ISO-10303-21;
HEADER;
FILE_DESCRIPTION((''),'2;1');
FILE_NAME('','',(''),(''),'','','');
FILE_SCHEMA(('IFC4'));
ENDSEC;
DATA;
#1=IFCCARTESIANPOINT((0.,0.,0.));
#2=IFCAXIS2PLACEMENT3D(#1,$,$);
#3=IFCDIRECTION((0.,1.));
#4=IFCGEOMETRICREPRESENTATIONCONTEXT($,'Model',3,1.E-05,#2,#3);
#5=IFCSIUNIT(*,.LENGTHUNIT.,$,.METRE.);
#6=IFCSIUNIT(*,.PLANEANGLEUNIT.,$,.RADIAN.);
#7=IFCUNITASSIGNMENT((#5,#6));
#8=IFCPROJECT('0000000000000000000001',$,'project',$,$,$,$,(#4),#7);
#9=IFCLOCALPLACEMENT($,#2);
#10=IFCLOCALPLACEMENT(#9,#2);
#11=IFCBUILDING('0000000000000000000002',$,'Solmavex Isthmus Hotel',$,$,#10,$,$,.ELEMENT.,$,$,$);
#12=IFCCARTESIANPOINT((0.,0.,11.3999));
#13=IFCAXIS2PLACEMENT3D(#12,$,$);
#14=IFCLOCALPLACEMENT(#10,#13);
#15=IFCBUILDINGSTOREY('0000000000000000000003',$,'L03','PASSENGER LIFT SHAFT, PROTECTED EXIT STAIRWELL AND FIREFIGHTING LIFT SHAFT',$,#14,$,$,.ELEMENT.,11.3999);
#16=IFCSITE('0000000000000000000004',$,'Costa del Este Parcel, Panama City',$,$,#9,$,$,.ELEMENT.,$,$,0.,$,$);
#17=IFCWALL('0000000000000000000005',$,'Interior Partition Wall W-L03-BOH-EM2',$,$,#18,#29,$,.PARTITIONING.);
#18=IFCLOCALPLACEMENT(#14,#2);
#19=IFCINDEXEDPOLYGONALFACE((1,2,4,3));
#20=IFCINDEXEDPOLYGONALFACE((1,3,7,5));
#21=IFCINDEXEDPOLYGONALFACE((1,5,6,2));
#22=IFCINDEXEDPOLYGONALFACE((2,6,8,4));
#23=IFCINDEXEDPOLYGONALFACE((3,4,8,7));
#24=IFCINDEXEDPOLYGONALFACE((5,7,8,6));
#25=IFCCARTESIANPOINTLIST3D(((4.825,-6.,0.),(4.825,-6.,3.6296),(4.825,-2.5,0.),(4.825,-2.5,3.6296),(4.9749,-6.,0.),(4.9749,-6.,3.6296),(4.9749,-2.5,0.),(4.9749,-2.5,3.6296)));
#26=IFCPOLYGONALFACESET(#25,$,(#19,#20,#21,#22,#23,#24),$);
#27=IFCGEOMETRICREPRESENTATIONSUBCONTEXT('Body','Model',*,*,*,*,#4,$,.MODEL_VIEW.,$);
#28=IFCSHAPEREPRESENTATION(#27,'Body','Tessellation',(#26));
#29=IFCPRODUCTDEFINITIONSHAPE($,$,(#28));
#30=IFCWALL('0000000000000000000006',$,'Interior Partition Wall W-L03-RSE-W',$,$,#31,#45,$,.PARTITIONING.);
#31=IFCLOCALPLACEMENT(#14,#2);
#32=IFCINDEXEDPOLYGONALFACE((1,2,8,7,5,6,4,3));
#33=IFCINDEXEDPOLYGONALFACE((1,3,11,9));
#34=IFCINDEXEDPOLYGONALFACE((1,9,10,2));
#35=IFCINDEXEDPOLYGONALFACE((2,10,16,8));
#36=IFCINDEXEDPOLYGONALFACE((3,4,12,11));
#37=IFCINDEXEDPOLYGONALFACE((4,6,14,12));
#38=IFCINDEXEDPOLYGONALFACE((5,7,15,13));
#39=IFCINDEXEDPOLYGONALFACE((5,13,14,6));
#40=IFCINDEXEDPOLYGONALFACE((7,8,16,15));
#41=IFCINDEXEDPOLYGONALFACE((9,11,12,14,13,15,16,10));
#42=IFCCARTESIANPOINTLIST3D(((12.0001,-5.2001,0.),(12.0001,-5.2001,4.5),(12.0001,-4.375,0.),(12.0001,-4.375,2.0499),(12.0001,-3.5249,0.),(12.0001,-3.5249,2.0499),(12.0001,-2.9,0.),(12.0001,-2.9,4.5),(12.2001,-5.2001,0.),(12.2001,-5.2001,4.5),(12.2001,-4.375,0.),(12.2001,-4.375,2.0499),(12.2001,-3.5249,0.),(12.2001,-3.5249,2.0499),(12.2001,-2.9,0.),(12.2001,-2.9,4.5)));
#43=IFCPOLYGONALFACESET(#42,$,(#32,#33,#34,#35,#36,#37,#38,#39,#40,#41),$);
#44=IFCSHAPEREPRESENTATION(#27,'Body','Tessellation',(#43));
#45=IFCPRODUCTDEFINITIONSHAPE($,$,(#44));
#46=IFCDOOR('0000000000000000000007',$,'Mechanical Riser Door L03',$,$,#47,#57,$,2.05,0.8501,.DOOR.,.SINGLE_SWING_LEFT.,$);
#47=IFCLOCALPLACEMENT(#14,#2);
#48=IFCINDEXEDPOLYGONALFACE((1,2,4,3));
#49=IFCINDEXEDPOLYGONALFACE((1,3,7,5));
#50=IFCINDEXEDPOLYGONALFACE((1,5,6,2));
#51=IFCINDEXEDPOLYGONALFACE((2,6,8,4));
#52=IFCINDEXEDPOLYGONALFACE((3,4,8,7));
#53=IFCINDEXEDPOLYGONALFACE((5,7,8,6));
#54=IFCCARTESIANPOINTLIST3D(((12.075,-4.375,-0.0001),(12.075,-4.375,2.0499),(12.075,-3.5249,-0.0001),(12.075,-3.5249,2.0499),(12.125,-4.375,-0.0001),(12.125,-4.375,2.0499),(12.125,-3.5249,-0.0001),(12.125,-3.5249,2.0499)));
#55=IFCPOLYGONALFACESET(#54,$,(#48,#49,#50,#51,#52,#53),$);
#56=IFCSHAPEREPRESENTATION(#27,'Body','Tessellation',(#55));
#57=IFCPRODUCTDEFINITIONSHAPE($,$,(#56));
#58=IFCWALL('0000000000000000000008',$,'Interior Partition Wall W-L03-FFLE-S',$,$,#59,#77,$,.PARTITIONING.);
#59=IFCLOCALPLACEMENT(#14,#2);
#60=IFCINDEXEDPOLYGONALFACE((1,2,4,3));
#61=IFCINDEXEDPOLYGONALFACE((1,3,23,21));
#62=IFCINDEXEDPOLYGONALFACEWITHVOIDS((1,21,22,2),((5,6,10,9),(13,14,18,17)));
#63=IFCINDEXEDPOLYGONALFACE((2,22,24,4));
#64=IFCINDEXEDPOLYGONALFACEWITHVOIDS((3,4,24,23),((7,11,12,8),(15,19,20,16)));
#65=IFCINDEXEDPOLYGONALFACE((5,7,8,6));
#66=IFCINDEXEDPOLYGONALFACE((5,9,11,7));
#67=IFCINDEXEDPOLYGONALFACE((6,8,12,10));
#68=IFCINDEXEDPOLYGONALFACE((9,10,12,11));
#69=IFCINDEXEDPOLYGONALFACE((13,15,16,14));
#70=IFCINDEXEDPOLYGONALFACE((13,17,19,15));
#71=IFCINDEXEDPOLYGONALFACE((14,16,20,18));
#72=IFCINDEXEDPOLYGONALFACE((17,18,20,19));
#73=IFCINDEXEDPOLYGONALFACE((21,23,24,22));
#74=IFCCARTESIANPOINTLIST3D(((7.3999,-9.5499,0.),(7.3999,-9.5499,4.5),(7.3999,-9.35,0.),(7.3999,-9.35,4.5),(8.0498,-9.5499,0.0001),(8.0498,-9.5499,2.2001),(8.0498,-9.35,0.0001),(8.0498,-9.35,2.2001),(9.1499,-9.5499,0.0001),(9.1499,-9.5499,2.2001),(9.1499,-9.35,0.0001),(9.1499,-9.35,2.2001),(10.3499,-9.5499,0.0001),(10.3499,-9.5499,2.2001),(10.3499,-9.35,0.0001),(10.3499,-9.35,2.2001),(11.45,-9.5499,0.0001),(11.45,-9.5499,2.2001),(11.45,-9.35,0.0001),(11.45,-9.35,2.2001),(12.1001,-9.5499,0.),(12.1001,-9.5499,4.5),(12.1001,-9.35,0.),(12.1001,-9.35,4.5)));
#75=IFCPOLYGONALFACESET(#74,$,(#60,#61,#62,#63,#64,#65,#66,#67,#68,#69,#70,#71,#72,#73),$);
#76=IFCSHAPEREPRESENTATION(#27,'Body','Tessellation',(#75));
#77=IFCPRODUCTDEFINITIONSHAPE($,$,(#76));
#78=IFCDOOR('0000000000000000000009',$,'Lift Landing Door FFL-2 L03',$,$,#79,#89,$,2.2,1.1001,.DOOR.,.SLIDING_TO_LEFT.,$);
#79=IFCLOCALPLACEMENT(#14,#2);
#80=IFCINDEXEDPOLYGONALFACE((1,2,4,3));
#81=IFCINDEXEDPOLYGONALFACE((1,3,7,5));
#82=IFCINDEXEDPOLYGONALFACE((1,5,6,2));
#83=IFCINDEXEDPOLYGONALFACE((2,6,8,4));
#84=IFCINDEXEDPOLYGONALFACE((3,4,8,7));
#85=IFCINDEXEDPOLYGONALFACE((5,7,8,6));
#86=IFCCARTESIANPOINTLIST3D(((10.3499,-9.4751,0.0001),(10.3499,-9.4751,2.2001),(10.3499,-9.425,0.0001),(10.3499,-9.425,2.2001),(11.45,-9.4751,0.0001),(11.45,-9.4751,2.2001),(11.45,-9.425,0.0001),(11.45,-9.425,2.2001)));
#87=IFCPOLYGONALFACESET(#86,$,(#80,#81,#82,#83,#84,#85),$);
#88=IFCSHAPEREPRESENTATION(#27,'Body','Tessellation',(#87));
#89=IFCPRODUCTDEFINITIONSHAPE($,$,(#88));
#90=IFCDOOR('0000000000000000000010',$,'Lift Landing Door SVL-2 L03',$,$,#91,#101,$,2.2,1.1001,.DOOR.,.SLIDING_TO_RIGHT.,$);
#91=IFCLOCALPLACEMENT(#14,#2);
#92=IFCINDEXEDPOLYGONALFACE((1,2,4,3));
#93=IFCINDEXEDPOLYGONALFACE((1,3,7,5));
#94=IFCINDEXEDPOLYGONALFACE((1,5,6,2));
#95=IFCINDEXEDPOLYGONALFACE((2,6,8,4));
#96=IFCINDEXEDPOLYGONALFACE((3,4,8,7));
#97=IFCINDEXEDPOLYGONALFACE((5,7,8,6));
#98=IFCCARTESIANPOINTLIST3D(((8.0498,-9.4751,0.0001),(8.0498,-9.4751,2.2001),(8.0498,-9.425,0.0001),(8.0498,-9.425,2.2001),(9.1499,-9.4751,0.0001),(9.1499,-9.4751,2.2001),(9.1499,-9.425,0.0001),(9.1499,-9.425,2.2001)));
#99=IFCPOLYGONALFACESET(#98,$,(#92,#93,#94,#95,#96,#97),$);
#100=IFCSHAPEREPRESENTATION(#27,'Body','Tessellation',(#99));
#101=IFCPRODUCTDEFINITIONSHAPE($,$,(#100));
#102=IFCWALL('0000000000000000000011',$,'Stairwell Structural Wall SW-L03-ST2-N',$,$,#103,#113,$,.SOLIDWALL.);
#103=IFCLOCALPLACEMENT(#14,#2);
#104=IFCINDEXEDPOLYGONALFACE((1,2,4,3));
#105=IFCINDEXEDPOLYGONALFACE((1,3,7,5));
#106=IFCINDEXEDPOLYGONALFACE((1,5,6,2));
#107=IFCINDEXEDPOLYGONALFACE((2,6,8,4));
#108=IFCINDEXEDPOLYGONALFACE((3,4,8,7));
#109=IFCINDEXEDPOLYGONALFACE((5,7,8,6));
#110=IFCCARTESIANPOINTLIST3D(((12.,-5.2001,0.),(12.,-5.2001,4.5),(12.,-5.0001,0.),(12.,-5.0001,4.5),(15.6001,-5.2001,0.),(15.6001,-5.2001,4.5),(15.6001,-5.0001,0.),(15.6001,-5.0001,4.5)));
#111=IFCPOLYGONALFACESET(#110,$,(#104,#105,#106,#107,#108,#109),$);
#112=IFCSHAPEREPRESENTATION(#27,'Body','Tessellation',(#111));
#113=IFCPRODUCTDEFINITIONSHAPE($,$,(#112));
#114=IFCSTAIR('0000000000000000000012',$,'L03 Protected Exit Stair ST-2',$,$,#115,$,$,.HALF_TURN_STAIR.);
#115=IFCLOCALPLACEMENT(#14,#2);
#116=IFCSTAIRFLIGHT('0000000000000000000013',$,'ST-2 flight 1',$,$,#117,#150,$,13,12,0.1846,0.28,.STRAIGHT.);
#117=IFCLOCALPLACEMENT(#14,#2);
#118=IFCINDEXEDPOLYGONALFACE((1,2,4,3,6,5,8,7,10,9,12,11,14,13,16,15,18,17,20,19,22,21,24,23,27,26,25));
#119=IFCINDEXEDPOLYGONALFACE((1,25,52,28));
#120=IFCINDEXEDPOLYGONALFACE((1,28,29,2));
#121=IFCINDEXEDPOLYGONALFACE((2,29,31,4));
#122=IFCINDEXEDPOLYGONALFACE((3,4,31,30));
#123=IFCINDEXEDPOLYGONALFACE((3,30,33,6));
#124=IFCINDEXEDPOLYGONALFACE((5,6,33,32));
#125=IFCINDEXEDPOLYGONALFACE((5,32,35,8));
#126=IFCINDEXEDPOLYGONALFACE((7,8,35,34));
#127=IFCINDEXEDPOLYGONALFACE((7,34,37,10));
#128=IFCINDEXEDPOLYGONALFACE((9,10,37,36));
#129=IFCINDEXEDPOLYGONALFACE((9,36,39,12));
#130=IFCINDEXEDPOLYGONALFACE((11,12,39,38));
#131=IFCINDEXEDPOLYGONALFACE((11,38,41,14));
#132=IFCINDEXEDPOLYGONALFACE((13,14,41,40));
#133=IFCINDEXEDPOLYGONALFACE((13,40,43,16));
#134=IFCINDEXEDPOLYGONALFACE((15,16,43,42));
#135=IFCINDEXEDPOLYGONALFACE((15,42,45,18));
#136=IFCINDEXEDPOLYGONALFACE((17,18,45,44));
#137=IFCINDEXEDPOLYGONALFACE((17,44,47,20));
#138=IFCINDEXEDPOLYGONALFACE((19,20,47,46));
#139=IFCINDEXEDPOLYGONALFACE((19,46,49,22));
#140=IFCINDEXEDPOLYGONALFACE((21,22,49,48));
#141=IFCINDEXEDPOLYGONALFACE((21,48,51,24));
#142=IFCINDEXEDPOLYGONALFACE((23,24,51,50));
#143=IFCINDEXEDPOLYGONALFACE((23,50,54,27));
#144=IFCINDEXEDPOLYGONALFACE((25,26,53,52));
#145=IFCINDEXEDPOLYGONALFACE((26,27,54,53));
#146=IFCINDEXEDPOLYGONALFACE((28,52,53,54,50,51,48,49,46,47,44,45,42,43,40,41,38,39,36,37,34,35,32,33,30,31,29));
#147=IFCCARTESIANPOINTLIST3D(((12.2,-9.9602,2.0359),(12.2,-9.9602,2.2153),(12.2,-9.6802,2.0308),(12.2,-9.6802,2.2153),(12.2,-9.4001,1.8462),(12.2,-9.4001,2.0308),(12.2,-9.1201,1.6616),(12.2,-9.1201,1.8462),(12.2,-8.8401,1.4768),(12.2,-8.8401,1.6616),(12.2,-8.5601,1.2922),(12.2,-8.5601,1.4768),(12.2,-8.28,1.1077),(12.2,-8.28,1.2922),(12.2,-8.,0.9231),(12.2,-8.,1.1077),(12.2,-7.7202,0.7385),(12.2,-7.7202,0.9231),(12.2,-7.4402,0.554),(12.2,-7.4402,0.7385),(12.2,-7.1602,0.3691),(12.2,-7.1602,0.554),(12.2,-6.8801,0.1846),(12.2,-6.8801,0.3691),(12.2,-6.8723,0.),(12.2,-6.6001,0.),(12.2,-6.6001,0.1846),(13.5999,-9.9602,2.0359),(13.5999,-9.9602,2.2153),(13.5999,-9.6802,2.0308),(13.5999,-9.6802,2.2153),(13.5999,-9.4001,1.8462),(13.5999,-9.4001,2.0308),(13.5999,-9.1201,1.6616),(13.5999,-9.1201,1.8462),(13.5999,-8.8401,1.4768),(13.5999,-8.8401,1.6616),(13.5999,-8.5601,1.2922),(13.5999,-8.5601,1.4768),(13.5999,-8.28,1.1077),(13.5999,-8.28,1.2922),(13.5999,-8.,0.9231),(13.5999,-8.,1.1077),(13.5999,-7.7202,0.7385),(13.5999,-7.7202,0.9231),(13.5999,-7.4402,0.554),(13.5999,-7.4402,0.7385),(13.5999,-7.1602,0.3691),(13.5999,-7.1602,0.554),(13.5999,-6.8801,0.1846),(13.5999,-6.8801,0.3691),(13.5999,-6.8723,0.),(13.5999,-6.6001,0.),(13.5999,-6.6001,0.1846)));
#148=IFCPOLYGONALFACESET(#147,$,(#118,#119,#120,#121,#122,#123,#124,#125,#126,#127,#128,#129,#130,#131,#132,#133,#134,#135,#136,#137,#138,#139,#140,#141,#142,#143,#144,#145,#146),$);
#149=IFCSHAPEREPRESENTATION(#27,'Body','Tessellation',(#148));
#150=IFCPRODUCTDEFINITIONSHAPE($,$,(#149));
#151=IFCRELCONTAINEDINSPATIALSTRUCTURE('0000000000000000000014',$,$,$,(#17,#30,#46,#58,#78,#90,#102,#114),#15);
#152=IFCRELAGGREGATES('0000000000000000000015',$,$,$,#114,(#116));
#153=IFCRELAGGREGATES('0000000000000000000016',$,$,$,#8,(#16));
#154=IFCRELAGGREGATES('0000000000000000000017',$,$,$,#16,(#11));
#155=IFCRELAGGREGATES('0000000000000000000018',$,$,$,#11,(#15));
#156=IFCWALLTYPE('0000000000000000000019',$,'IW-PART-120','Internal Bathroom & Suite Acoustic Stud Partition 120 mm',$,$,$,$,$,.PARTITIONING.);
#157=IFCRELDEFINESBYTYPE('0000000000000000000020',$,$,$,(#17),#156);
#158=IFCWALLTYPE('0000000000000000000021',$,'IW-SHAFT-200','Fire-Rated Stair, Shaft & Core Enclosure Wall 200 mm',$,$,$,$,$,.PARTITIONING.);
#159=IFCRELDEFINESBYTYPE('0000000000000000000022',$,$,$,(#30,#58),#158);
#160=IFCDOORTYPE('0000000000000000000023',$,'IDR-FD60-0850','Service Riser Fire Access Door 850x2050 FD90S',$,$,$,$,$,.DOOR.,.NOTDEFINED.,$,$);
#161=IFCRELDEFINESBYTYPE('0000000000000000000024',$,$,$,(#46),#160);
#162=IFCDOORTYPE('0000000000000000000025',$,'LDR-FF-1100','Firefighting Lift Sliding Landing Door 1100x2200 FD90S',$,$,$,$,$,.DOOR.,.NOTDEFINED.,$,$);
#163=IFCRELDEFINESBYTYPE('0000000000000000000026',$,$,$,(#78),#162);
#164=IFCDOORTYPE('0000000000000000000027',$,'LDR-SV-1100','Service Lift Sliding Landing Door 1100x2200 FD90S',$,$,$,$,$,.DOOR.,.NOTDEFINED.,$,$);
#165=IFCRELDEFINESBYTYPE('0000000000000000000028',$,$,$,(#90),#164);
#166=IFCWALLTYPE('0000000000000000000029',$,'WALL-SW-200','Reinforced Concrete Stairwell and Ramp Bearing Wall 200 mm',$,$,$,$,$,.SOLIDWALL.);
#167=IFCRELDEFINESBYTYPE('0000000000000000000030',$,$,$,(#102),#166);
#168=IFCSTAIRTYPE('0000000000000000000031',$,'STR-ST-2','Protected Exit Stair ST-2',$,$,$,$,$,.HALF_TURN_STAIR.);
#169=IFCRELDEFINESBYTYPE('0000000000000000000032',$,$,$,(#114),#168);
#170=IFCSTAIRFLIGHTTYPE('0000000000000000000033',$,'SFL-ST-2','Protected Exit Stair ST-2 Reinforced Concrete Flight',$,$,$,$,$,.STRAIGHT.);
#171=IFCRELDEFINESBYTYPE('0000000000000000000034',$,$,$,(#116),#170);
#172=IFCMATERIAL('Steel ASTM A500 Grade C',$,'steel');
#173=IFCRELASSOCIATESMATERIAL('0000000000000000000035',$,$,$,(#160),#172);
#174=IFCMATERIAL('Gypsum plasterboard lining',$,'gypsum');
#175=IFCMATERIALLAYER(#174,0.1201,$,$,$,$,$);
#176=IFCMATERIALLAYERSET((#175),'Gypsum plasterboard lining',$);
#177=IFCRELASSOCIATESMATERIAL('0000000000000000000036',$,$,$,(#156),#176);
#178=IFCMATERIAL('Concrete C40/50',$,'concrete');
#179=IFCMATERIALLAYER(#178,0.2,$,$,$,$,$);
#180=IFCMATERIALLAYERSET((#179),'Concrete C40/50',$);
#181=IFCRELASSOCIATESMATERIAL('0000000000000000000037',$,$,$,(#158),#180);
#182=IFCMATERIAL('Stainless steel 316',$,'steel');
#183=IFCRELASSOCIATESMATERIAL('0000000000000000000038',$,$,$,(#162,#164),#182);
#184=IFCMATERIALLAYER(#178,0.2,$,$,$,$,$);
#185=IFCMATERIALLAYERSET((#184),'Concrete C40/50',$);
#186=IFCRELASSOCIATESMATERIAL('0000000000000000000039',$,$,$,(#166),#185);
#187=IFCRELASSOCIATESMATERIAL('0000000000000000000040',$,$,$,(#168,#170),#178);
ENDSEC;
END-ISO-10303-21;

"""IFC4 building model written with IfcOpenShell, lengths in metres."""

from ifc_helpers import new_model, si_unit, direction, frame, frame_2d, origin, place, context, subcontext, project, spatial, polyline, rectangle, outline, extrude, material, layer, layer_set, type_object, element, fill, aggregate, save


model = new_model("IFC4")

# Units and contexts
model_context = context("Model", 3, precision=1e-05, world=origin(), true_north=direction((0.0, 1.0)))
body_context = subcontext(model_context, "Body", "Model", "MODEL_VIEW")
ifc_project = project(units=[si_unit("LENGTHUNIT", "METRE"), si_unit("PLANEANGLEUNIT", "RADIAN")], contexts=[model_context])

# Site, building, storey
site_placement = place(None, origin())
site = spatial("IfcSite", under=ifc_project, at=site_placement, Name="Costa del Este Parcel, Panama City", CompositionType="ELEMENT", RefElevation=0.0)
building_placement = place(site_placement, origin())
building = spatial("IfcBuilding", under=site, at=building_placement, Name="Solmavex Isthmus Hotel", CompositionType="ELEMENT")
storey_placement = place(building_placement, frame((0.0, 0.0, 11.3999)))
storey = spatial("IfcBuildingStorey", under=building, at=storey_placement, Name="L03", Description="PASSENGER LIFT SHAFT, PROTECTED EXIT STAIRWELL AND FIREFIGHTING LIFT SHAFT", CompositionType="ELEMENT", Elevation=11.3999)

# Shared definitions
ifc_material_1 = material(Name="Concrete C40/50", Category="concrete")

# Shared definitions
ifc_material_2 = material(Name="Gypsum plasterboard lining", Category="gypsum")
ifc_material_3 = material(Name="Steel ASTM A500 Grade C", Category="steel")
door_type_1 = type_object("IfcDoorType", Name="IDR-FD60-0850", Description="Service Riser Fire Access Door 850x2050 FD90S", OperationType="NOTDEFINED", PredefinedType="DOOR", material=ifc_material_3)

# Wall
ifc_layer_1 = layer(ifc_material_2, 0.1201)
ifc_layer_set_1 = layer_set([ifc_layer_1], Name="Gypsum plasterboard lining")
wall_type_1 = type_object("IfcWallType", Name="IW-PART-120", Description="Internal Bathroom & Suite Acoustic Stud Partition 120 mm", PredefinedType="PARTITIONING", material=ifc_layer_set_1)
wall_1_placement = place(storey_placement, frame((4.8999, -6.0, 0.0), z_axis=(0.0, 0.0, 1.0), x_axis=(0.0, 1.0, 0.0)))
element("IfcWall", 1, at=wall_1_placement, inside=storey, type_object=wall_type_1, Name="Interior Partition Wall W-L03-BOH-EM2", PredefinedType="PARTITIONING", context=body_context, shape_type="SweptSolid", body=[
    extrude(rectangle(XDim=3.5, YDim=0.1499, at=frame_2d((1.75, 0.0))), origin(), (0.0, 0.0, 1.0), 3.6296),
])

# Wall, opening, door
ifc_layer_2 = layer(ifc_material_1, 0.2)
ifc_layer_set_2 = layer_set([ifc_layer_2], Name="Concrete C40/50")
wall_type_2 = type_object("IfcWallType", Name="IW-SHAFT-200", Description="Fire-Rated Stair, Shaft & Core Enclosure Wall 200 mm", PredefinedType="PARTITIONING", material=ifc_layer_set_2)
wall_2_placement = place(storey_placement, frame((12.1001, -5.2, 0.0), z_axis=(0.0, 0.0, 1.0), x_axis=(0.0, 1.0, 0.0)))
wall_2 = element("IfcWall", 2, at=wall_2_placement, inside=storey, type_object=wall_type_2, Name="Interior Partition Wall W-L03-RSE-W", PredefinedType="PARTITIONING", context=body_context, shape_type="SweptSolid", body=[
    extrude(rectangle(XDim=2.3, YDim=0.2, at=frame_2d((1.1499, 0.0))), origin(), (0.0, 0.0, 1.0), 4.5),
])
opening_1_placement = place(wall_2_placement, frame((0.825, 0.0, 0.0)))
opening_1 = element("IfcOpeningElement", 3, at=opening_1_placement, cuts=wall_2, PredefinedType="OPENING", context=body_context, shape_type="SweptSolid", body=[
    extrude(rectangle(XDim=0.8501, YDim=2.05, at=frame_2d((0.425, 1.0249))), frame((0.0, 0.1099, 0.0), z_axis=(0.0, -1.0, 0.0), x_axis=(1.0, 0.0, 0.0)), (0.0, 0.0, 1.0), 0.22),
])
door_1_placement = place(opening_1_placement, frame((0.8501, 0.0, 0.0), z_axis=(0.0, 0.0, 1.0), x_axis=(-1.0, 0.0, 0.0)))
door_1 = element("IfcDoor", 4, at=door_1_placement, inside=storey, type_object=door_type_1, Name="Mechanical Riser Door L03", OperationType="SINGLE_SWING_LEFT", OverallHeight=2.05, OverallWidth=0.8501, PredefinedType="DOOR", context=body_context, shape_type="SweptSolid", body=[
    extrude(rectangle(XDim=0.8501, YDim=2.05, at=frame_2d((0.425, 1.0249))), frame((0.0, 0.0249, 0.0), z_axis=(0.0, -1.0, 0.0), x_axis=(1.0, 0.0, 0.0)), (0.0, 0.0, 1.0), 0.05),
])
fill(opening_1, door_1)

# Wall, openings, doors
wall_3_placement = place(storey_placement, frame((7.3999, -9.45, 0.0), z_axis=(0.0, 0.0, 1.0), x_axis=(1.0, 0.0, 0.0)))
wall_3 = element("IfcWall", 5, at=wall_3_placement, inside=storey, type_object=wall_type_2, Name="Interior Partition Wall W-L03-FFLE-S", PredefinedType="PARTITIONING", context=body_context, shape_type="SweptSolid", body=[
    extrude(rectangle(XDim=4.7002, YDim=0.2, at=frame_2d((2.3501, 0.0))), origin(), (0.0, 0.0, 1.0), 4.5),
])
opening_2_placement = place(wall_3_placement, frame((2.95, 0.0, 0.0)))
opening_2 = element("IfcOpeningElement", 6, at=opening_2_placement, cuts=wall_3, PredefinedType="OPENING", context=body_context, shape_type="SweptSolid", body=[
    extrude(rectangle(XDim=1.1001, YDim=2.2, at=frame_2d((0.55, 1.1001))), frame((0.0, 0.1099, 0.0), z_axis=(0.0, -1.0, 0.0), x_axis=(1.0, 0.0, 0.0)), (0.0, 0.0, 1.0), 0.22),
])
opening_3_placement = place(wall_3_placement, frame((0.6499, 0.0, 0.0)))
opening_3 = element("IfcOpeningElement", 7, at=opening_3_placement, cuts=wall_3, PredefinedType="OPENING", context=body_context, shape_type="SweptSolid", body=[
    extrude(rectangle(XDim=1.1001, YDim=2.2, at=frame_2d((0.55, 1.1001))), frame((0.0, 0.1099, 0.0), z_axis=(0.0, -1.0, 0.0), x_axis=(1.0, 0.0, 0.0)), (0.0, 0.0, 1.0), 0.22),
])
ifc_material_4 = material(Name="Stainless steel 316", Category="steel")
door_type_2 = type_object("IfcDoorType", Name="LDR-FF-1100", Description="Firefighting Lift Sliding Landing Door 1100x2200 FD90S", OperationType="NOTDEFINED", PredefinedType="DOOR", material=ifc_material_4)
door_2_placement = place(opening_2_placement, origin())
door_2 = element("IfcDoor", 8, at=door_2_placement, inside=storey, type_object=door_type_2, Name="Lift Landing Door FFL-2 L03", OperationType="SLIDING_TO_LEFT", OverallHeight=2.2, OverallWidth=1.1001, PredefinedType="DOOR", context=body_context, shape_type="SweptSolid", body=[
    extrude(rectangle(XDim=1.1001, YDim=2.2, at=frame_2d((0.55, 1.1001))), frame((0.0, 0.0249, 0.0), z_axis=(0.0, -1.0, 0.0), x_axis=(1.0, 0.0, 0.0)), (0.0, 0.0, 1.0), 0.05),
])
fill(opening_2, door_2)
door_type_3 = type_object("IfcDoorType", Name="LDR-SV-1100", Description="Service Lift Sliding Landing Door 1100x2200 FD90S", OperationType="NOTDEFINED", PredefinedType="DOOR", material=ifc_material_4)
door_3_placement = place(opening_3_placement, origin())
door_3 = element("IfcDoor", 9, at=door_3_placement, inside=storey, type_object=door_type_3, Name="Lift Landing Door SVL-2 L03", OperationType="SLIDING_TO_RIGHT", OverallHeight=2.2, OverallWidth=1.1001, PredefinedType="DOOR", context=body_context, shape_type="SweptSolid", body=[
    extrude(rectangle(XDim=1.1001, YDim=2.2, at=frame_2d((0.55, 1.1001))), frame((0.0, 0.0249, 0.0), z_axis=(0.0, -1.0, 0.0), x_axis=(1.0, 0.0, 0.0)), (0.0, 0.0, 1.0), 0.05),
])
fill(opening_3, door_3)

# Wall
ifc_layer_3 = layer(ifc_material_1, 0.2)
ifc_layer_set_3 = layer_set([ifc_layer_3], Name="Concrete C40/50")
wall_type_3 = type_object("IfcWallType", Name="WALL-SW-200", Description="Reinforced Concrete Stairwell and Ramp Bearing Wall 200 mm", PredefinedType="SOLIDWALL", material=ifc_layer_set_3)
wall_4_placement = place(storey_placement, frame((12.0, -5.1001, 0.0), z_axis=(0.0, 0.0, 1.0), x_axis=(1.0, 0.0, 0.0)))
element("IfcWall", 10, at=wall_4_placement, inside=storey, type_object=wall_type_3, Name="Stairwell Structural Wall SW-L03-ST2-N", PredefinedType="SOLIDWALL", context=body_context, shape_type="SweptSolid", body=[
    extrude(rectangle(XDim=3.6001, YDim=0.2, at=frame_2d((1.8, 0.0))), origin(), (0.0, 0.0, 1.0), 4.5),
])

# Stair, stair flight
stair_type_1 = type_object("IfcStairType", Name="STR-ST-2", Description="Protected Exit Stair ST-2", PredefinedType="HALF_TURN_STAIR", material=ifc_material_1)
stair_1_placement = place(storey_placement, origin())
stair_1 = element("IfcStair", 11, at=stair_1_placement, inside=storey, type_object=stair_type_1, Name="L03 Protected Exit Stair ST-2", PredefinedType="HALF_TURN_STAIR")
stair_flight_type = type_object("IfcStairFlightType", Name="SFL-ST-2", Description="Protected Exit Stair ST-2 Reinforced Concrete Flight", PredefinedType="STRAIGHT", material=ifc_material_1)
stair_flight_placement = place(storey_placement, frame((12.8999, -6.6001, 0.0), z_axis=(0.0, 0.0, 1.0), x_axis=(0.0, -1.0, 0.0)))
stair_flight = element("IfcStairFlight", 12, at=stair_flight_placement, type_object=stair_flight_type, Name="ST-2 flight 1", NumberOfRisers=13, NumberOfTreads=12, PredefinedType="STRAIGHT", RiserHeight=0.1846, TreadLength=0.28, context=body_context, shape_type="SweptSolid", body=[
    extrude(outline(polyline([(0.0, 0.0), (0.0, 0.1846), (0.28, 0.1846), (0.28, 0.3691), (0.5601, 0.3691), (0.5601, 0.554), (0.8401, 0.554), (0.8401, 0.7385), (1.1201, 0.7385), (1.1201, 0.9231), (1.3999, 0.9231), (1.3999, 1.1077), (1.6799, 1.1077), (1.6799, 1.2922), (1.96, 1.2922), (1.96, 1.4768), (2.24, 1.4768), (2.24, 1.6616), (2.52, 1.6616), (2.52, 1.8462), (2.8, 1.8462), (2.8, 2.0308), (3.0801, 2.0308), (3.0801, 2.2153), (3.3601, 2.2153), (3.3601, 2.3999), (3.3601, 2.0359), (0.2722, 0.0), (0.0, 0.0)])), frame((0.0, 0.7, 0.0), z_axis=(0.0, -1.0, 0.0), x_axis=(1.0, 0.0, 0.0)), (0.0, 0.0, 1.0), 1.3999),
])
aggregate(stair_1, [stair_flight])

save(model, "model.ifc")
